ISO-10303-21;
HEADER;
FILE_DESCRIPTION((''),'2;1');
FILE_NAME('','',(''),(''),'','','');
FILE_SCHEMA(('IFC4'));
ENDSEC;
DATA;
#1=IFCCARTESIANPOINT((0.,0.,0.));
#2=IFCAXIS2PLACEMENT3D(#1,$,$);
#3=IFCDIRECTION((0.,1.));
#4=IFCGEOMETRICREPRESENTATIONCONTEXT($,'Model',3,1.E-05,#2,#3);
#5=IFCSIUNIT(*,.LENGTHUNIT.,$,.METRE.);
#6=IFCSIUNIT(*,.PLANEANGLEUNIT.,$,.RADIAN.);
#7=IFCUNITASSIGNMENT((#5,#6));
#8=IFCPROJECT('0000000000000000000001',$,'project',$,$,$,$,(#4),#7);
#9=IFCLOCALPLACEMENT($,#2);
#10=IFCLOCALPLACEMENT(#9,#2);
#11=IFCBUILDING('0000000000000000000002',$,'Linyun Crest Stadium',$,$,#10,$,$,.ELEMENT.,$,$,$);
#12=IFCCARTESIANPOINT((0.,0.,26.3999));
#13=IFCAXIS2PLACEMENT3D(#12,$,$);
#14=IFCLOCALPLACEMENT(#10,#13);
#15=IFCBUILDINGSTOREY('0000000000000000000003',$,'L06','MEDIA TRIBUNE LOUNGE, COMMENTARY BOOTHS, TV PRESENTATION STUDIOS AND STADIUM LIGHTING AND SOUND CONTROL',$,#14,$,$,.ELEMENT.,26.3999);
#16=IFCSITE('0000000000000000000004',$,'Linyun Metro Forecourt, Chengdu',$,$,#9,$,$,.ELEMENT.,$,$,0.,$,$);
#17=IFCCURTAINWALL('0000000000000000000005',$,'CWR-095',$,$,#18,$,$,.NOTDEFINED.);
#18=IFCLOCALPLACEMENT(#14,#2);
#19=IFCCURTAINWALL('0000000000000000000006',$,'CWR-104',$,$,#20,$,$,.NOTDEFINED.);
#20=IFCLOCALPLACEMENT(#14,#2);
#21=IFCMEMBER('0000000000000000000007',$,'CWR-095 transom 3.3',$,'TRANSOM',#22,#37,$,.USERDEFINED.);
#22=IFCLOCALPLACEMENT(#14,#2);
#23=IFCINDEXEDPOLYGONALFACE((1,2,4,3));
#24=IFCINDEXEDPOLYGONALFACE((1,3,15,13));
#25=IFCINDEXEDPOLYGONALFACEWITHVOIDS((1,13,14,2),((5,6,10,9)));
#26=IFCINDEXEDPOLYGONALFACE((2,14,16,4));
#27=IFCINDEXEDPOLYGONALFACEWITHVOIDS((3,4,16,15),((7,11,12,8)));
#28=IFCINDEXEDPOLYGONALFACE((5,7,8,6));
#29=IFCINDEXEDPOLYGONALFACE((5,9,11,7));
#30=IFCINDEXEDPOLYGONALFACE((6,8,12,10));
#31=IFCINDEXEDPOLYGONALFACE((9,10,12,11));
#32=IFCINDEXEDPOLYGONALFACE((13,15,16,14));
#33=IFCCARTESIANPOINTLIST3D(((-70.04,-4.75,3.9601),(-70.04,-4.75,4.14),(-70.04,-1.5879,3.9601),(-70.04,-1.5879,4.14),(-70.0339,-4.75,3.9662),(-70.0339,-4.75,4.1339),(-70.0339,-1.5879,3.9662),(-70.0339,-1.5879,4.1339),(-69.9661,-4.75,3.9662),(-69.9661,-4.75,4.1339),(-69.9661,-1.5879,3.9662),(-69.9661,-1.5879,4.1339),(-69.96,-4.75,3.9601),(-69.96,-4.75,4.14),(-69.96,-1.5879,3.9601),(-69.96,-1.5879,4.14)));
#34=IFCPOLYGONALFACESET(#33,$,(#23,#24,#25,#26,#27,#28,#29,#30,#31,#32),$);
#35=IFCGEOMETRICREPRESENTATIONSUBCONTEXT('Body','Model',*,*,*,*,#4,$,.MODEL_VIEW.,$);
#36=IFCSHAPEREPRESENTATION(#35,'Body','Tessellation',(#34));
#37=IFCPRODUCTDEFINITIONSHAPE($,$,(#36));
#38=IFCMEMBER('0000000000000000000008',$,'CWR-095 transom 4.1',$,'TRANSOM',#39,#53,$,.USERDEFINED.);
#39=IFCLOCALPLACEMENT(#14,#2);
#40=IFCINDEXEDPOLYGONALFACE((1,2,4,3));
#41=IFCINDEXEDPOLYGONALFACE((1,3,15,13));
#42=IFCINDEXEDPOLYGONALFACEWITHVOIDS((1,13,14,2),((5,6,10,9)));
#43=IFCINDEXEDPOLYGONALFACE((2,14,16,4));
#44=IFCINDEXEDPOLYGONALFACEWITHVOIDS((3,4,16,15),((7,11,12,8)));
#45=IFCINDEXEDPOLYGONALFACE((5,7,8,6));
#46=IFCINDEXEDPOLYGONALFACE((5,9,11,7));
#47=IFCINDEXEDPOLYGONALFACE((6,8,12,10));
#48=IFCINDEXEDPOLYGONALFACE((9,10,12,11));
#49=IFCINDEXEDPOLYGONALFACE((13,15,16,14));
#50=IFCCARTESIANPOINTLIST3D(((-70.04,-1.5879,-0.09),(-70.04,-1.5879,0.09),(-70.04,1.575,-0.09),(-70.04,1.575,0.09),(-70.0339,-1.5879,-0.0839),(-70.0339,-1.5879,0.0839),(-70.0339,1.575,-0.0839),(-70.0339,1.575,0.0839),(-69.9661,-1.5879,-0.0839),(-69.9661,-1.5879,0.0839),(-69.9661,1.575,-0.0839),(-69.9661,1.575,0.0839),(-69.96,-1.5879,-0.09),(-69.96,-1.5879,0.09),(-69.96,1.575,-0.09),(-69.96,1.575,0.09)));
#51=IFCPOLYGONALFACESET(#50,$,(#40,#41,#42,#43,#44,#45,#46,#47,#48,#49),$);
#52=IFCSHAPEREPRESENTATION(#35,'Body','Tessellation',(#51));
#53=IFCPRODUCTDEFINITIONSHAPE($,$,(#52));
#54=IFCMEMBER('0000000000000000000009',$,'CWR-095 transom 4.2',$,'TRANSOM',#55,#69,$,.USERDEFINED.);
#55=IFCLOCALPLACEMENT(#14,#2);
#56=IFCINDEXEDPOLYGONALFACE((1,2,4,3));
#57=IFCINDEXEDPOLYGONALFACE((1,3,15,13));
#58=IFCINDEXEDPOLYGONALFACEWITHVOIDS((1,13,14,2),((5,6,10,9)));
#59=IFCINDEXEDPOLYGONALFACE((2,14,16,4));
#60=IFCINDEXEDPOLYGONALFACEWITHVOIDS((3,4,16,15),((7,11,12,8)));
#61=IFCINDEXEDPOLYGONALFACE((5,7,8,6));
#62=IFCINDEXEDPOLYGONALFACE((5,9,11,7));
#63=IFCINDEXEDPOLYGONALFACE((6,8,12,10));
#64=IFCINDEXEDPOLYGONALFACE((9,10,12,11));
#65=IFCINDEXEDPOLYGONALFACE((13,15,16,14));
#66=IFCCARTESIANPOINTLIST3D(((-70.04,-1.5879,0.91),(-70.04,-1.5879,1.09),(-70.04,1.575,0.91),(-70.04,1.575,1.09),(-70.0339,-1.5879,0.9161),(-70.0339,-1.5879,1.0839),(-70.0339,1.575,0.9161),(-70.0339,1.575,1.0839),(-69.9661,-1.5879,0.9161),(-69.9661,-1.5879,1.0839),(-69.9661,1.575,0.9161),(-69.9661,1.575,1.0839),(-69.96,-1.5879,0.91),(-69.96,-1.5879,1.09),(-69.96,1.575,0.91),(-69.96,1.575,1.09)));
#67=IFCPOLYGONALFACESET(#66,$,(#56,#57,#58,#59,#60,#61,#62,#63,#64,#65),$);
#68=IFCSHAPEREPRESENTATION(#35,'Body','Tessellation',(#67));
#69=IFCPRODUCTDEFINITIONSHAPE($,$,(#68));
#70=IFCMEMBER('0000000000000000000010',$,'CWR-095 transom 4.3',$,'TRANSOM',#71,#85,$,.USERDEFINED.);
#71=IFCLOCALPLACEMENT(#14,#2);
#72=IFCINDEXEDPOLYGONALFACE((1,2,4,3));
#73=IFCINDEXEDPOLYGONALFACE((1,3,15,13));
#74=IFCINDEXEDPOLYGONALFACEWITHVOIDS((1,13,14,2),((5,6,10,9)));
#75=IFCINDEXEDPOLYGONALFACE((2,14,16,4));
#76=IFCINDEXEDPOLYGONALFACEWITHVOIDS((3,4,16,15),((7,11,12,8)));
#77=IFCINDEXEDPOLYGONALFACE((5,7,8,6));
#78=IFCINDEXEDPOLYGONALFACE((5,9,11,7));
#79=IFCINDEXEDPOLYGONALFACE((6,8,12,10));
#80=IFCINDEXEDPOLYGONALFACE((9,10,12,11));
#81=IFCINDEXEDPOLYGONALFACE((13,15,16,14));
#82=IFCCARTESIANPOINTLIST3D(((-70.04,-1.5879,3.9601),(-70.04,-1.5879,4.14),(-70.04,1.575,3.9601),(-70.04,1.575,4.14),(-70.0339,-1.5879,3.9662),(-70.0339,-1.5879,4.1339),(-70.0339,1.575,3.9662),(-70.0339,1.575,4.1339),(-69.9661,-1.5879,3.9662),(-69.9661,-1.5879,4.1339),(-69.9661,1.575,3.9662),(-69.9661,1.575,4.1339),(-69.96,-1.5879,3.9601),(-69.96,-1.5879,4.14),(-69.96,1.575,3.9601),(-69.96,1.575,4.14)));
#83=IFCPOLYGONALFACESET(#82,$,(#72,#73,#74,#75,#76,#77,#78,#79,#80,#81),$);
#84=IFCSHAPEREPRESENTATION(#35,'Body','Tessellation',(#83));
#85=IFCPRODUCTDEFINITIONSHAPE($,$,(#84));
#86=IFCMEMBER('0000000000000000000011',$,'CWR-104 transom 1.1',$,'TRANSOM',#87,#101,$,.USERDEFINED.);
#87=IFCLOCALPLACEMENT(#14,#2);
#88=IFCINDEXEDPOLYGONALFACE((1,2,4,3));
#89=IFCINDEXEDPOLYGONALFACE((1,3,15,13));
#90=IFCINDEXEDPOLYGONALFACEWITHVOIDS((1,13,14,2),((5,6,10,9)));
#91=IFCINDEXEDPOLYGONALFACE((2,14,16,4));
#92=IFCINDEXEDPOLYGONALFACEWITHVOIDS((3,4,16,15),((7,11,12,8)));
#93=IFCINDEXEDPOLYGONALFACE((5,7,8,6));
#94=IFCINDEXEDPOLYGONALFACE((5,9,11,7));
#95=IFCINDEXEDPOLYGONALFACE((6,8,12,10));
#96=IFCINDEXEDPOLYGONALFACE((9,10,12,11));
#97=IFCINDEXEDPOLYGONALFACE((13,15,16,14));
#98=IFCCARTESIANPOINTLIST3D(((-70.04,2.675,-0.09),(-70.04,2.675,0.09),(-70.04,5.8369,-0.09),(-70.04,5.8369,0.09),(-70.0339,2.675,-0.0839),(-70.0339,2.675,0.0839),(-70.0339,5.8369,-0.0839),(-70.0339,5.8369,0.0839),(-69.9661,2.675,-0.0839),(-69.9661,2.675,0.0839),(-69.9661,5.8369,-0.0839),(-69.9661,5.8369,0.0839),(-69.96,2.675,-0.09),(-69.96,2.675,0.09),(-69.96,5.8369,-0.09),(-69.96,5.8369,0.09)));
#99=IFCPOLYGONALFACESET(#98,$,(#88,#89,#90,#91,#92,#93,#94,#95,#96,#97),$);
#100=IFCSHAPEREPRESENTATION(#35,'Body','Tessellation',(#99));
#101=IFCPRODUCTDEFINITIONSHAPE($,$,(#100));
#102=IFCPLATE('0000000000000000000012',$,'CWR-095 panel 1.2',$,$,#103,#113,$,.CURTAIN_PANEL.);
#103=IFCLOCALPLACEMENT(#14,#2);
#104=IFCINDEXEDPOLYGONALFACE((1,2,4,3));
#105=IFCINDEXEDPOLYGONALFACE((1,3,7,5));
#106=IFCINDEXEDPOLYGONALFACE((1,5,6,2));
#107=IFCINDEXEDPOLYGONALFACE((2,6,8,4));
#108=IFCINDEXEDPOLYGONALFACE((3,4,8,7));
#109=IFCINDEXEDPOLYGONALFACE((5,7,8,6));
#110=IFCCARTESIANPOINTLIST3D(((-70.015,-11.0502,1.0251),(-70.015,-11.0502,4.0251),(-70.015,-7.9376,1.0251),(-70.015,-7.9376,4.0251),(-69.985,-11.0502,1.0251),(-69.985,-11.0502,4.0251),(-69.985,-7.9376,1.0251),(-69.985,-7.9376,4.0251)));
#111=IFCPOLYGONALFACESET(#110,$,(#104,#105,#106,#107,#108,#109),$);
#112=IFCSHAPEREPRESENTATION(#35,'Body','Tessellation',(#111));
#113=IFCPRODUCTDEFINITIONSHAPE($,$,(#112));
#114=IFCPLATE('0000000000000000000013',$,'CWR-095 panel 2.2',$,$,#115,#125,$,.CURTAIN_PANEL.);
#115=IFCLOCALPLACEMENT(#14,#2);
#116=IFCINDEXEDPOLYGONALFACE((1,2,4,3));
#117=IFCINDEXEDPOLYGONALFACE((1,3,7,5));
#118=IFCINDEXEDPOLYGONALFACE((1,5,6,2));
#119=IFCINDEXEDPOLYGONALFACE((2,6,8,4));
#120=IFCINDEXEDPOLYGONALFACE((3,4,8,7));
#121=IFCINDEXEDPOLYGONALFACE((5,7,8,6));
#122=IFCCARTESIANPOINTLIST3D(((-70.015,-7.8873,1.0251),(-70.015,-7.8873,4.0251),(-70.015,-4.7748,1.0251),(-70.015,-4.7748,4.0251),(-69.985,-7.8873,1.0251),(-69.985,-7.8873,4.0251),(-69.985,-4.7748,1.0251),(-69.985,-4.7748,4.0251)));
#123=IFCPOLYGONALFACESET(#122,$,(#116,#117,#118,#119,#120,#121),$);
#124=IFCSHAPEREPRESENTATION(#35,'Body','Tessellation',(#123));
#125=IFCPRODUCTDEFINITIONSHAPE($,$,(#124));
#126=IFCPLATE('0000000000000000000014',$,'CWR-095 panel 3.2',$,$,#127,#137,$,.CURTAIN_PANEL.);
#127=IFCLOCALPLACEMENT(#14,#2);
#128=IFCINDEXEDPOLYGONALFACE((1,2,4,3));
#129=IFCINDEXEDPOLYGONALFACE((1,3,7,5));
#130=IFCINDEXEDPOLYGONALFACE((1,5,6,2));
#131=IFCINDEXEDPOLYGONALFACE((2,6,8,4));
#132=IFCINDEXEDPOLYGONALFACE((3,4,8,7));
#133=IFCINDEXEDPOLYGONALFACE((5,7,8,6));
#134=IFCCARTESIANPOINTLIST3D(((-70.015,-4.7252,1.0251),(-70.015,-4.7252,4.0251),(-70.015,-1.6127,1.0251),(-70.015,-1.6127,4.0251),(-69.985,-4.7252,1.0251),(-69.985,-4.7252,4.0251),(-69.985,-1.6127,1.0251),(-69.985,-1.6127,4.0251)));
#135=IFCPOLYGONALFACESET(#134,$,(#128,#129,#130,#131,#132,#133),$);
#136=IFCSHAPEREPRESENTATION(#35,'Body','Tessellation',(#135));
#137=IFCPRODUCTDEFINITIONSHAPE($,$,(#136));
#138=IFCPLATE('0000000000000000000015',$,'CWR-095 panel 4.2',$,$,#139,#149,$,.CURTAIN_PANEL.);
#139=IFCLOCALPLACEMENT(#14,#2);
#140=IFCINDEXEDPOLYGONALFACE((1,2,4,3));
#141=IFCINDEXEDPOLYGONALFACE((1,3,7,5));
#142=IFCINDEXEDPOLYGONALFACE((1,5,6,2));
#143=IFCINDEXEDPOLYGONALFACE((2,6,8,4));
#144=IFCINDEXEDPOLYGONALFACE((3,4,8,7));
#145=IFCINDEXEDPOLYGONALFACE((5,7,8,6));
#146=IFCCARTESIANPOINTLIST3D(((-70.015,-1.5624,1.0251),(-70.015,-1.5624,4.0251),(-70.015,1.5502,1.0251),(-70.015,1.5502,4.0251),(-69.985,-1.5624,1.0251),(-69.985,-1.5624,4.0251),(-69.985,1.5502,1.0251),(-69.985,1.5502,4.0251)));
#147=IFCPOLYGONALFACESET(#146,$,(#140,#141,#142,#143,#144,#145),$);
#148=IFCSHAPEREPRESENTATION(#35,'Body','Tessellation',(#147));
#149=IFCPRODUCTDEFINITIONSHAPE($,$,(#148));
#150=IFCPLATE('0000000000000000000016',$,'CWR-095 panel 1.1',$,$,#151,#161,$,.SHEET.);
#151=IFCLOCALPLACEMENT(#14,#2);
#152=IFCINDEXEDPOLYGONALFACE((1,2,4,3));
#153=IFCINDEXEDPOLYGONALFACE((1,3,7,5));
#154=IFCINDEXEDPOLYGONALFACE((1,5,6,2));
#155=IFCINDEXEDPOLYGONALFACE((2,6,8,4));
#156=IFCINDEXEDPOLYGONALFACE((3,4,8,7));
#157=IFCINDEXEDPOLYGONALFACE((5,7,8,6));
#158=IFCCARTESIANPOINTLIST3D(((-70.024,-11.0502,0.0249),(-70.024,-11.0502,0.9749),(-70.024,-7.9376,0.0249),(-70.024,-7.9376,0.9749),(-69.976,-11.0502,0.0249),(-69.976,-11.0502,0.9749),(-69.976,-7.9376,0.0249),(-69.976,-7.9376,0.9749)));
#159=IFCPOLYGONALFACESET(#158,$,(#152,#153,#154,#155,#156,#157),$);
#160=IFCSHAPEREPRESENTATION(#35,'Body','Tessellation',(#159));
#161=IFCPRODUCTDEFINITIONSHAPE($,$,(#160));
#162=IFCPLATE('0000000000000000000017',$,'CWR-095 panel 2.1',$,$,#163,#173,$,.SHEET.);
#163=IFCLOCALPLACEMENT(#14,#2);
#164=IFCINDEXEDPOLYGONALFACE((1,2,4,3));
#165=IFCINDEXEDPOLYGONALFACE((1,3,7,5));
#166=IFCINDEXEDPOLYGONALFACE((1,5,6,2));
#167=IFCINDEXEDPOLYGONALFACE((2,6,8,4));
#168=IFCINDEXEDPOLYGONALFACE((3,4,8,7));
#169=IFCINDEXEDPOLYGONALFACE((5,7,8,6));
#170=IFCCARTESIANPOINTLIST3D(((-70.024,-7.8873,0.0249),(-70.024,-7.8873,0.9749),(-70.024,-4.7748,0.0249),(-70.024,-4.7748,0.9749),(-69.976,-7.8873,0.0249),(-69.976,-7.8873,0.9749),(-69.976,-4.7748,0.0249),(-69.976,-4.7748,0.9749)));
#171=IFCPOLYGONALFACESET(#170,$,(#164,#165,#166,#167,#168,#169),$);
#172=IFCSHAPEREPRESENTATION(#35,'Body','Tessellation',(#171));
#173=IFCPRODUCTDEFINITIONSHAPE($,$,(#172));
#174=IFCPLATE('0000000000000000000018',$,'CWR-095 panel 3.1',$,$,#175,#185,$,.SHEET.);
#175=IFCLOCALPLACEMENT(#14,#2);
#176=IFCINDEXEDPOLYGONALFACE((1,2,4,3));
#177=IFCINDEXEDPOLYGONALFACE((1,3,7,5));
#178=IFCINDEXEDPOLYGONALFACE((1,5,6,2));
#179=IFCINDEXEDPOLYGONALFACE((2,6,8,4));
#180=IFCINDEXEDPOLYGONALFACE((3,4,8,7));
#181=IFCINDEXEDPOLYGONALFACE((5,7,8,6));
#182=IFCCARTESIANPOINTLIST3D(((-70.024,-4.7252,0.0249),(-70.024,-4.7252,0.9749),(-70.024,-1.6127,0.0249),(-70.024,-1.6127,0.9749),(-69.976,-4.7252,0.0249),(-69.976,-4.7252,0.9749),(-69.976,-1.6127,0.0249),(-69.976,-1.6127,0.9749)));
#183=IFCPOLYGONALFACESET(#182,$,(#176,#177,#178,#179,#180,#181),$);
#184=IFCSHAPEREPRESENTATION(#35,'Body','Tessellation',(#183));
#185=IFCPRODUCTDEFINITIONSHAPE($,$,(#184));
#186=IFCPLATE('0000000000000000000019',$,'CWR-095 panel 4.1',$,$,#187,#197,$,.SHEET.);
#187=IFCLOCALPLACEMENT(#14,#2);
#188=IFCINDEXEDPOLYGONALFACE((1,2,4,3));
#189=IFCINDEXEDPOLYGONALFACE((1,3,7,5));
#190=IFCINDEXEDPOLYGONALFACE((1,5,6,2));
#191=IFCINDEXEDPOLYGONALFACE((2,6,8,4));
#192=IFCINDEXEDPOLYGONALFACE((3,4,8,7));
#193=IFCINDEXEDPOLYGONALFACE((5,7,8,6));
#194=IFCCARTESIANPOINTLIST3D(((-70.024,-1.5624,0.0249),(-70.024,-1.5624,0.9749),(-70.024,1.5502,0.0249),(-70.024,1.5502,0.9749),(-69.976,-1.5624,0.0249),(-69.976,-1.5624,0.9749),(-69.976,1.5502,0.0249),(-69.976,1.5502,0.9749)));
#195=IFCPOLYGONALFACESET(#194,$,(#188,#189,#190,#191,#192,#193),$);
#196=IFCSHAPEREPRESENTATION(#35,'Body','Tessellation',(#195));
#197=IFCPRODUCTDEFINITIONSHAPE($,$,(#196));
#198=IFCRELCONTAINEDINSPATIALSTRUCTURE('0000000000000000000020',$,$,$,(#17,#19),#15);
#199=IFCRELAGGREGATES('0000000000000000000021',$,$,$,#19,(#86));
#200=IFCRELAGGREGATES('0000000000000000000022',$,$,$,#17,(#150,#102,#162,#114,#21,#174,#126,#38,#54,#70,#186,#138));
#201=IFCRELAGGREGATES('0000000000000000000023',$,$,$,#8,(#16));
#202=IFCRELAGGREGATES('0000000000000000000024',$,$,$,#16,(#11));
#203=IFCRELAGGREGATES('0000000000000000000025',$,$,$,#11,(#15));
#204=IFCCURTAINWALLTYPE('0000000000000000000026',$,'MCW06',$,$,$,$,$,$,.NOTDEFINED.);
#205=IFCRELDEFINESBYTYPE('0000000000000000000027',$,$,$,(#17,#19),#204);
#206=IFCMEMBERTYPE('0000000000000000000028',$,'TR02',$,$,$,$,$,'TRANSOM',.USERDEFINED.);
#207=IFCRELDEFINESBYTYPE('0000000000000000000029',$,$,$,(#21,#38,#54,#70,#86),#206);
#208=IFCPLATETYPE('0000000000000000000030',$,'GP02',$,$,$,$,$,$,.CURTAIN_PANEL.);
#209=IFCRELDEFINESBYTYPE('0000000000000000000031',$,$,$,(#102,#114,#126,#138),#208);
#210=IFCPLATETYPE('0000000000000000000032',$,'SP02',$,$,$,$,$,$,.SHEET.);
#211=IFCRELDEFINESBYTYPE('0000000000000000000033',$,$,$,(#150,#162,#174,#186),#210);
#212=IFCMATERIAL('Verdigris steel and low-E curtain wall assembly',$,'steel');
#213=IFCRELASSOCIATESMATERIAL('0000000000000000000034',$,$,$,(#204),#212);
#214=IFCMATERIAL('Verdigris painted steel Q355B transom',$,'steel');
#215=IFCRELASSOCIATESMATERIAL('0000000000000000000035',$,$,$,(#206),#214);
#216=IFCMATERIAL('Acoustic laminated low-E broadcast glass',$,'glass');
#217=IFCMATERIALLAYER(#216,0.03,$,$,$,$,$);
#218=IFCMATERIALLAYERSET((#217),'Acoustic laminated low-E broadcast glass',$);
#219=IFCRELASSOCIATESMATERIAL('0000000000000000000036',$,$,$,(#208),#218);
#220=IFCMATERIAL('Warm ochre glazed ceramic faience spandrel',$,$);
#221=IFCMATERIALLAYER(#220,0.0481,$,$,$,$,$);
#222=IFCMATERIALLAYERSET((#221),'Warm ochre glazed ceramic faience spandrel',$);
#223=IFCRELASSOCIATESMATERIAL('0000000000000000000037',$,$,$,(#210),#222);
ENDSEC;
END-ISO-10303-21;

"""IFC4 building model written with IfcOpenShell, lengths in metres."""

from ifc_helpers import new_model, si_unit, direction, frame, origin, origin_2d, place, context, subcontext, project, spatial, rectangle, hollow_rectangle, extrude, material, layer, layer_set, material_profile, profile_set, type_object, element, aggregate, save


model = new_model("IFC4")

# Units and contexts
model_context = context("Model", 3, precision=1e-05, world=origin(), true_north=direction((0.0, 1.0)))
body_context = subcontext(model_context, "Body", "Model", "MODEL_VIEW")
ifc_project = project(units=[si_unit("LENGTHUNIT", "METRE"), si_unit("PLANEANGLEUNIT", "RADIAN")], contexts=[model_context])

# Site, building, storey
site_placement = place(None, origin())
site = spatial("IfcSite", under=ifc_project, at=site_placement, Name="Linyun Metro Forecourt, Chengdu", CompositionType="ELEMENT", RefElevation=0.0)
building_placement = place(site_placement, origin())
building = spatial("IfcBuilding", under=site, at=building_placement, Name="Linyun Crest Stadium", CompositionType="ELEMENT")
storey_placement = place(building_placement, frame((0.0, 0.0, 26.3999)))
storey = spatial("IfcBuildingStorey", under=building, at=storey_placement, Name="L06", Description="MEDIA TRIBUNE LOUNGE, COMMENTARY BOOTHS, TV PRESENTATION STUDIOS AND STADIUM LIGHTING AND SOUND CONTROL", CompositionType="ELEMENT", Elevation=26.3999)

# Curtain wall
ifc_material_1 = material(Name="Verdigris steel and low-E curtain wall assembly", Category="steel")
curtain_wall_type = type_object("IfcCurtainWallType", Name="MCW06", PredefinedType="NOTDEFINED", material=ifc_material_1)
curtain_wall_1_placement = place(storey_placement, origin())
curtain_wall_1 = element("IfcCurtainWall", 1, at=curtain_wall_1_placement, inside=storey, type_object=curtain_wall_type, Name="CWR-095", PredefinedType="NOTDEFINED")

# Curtain wall
curtain_wall_2_placement = place(storey_placement, origin())
curtain_wall_2 = element("IfcCurtainWall", 2, at=curtain_wall_2_placement, inside=storey, type_object=curtain_wall_type, Name="CWR-104", PredefinedType="NOTDEFINED")

# Members
ifc_material_2 = material(Name="Verdigris painted steel Q355B transom", Category="steel")
ifc_material_profile_1 = material_profile(ifc_material_2, hollow_rectangle(XDim=0.0801, YDim=0.1799, WallThickness=0.0061, at=origin_2d()), Name="RHS 180x80x6")
ifc_profile_set_1 = profile_set([ifc_material_profile_1], Name="Verdigris painted steel Q355B transom")
member_type_1 = type_object("IfcMemberType", Name="TR02", ElementType="TRANSOM", PredefinedType="USERDEFINED", material=ifc_profile_set_1)
member_1_placement = place(storey_placement, frame((-70.0, -4.75, 4.05), z_axis=(0.0, 1.0, 0.0), x_axis=(-1.0, 0.0, 0.0)))
member_1 = element("IfcMember", 3, at=member_1_placement, type_object=member_type_1, Name="CWR-095 transom 3.3", ObjectType="TRANSOM", PredefinedType="USERDEFINED", context=body_context, shape_type="SweptSolid", body=[
    extrude(hollow_rectangle(XDim=0.0801, YDim=0.1799, WallThickness=0.0061, at=origin_2d()), origin(), (0.0, 0.0, 1.0), 3.1621),
])
member_2_placement = place(storey_placement, frame((-70.0, -1.5879, 0.0), z_axis=(0.0, 1.0, 0.0), x_axis=(-1.0, 0.0, 0.0)))
member_2 = element("IfcMember", 4, at=member_2_placement, type_object=member_type_1, Name="CWR-095 transom 4.1", ObjectType="TRANSOM", PredefinedType="USERDEFINED", context=body_context, shape_type="SweptSolid", body=[
    extrude(hollow_rectangle(XDim=0.0801, YDim=0.1799, WallThickness=0.0061, at=origin_2d()), origin(), (0.0, 0.0, 1.0), 3.1628),
])
member_3_placement = place(storey_placement, frame((-70.0, -1.5879, 1.0), z_axis=(0.0, 1.0, 0.0), x_axis=(-1.0, 0.0, 0.0)))
member_3 = element("IfcMember", 5, at=member_3_placement, type_object=member_type_1, Name="CWR-095 transom 4.2", ObjectType="TRANSOM", PredefinedType="USERDEFINED", context=body_context, shape_type="SweptSolid", body=[
    extrude(hollow_rectangle(XDim=0.0801, YDim=0.1799, WallThickness=0.0061, at=origin_2d()), origin(), (0.0, 0.0, 1.0), 3.1628),
])
member_4_placement = place(storey_placement, frame((-70.0, -1.5879, 4.05), z_axis=(0.0, 1.0, 0.0), x_axis=(-1.0, 0.0, 0.0)))
member_4 = element("IfcMember", 6, at=member_4_placement, type_object=member_type_1, Name="CWR-095 transom 4.3", ObjectType="TRANSOM", PredefinedType="USERDEFINED", context=body_context, shape_type="SweptSolid", body=[
    extrude(hollow_rectangle(XDim=0.0801, YDim=0.1799, WallThickness=0.0061, at=origin_2d()), origin(), (0.0, 0.0, 1.0), 3.1628),
])
member_5_placement = place(storey_placement, frame((-70.0, 2.675, 0.0), z_axis=(0.0, 1.0, 0.0), x_axis=(-1.0, 0.0, 0.0)))
member_5 = element("IfcMember", 7, at=member_5_placement, type_object=member_type_1, Name="CWR-104 transom 1.1", ObjectType="TRANSOM", PredefinedType="USERDEFINED", context=body_context, shape_type="SweptSolid", body=[
    extrude(hollow_rectangle(XDim=0.0801, YDim=0.1799, WallThickness=0.0061, at=origin_2d()), origin(), (0.0, 0.0, 1.0), 3.1619),
])
aggregate(curtain_wall_2, [member_5])

# Plates
ifc_material_3 = material(Name="Acoustic laminated low-E broadcast glass", Category="glass")
ifc_layer_1 = layer(ifc_material_3, 0.03)
ifc_layer_set_1 = layer_set([ifc_layer_1], Name="Acoustic laminated low-E broadcast glass")
plate_type_1 = type_object("IfcPlateType", Name="GP02", PredefinedType="CURTAIN_PANEL", material=ifc_layer_set_1)
plate_1_placement = place(storey_placement, frame((-70.0, -9.4939, 1.0251), z_axis=(0.0, 0.0, 1.0), x_axis=(0.0, 1.0, 0.0)))
plate_1 = element("IfcPlate", 8, at=plate_1_placement, type_object=plate_type_1, Name="CWR-095 panel 1.2", PredefinedType="CURTAIN_PANEL", context=body_context, shape_type="SweptSolid", body=[
    extrude(rectangle(XDim=3.1125, YDim=0.03, at=origin_2d()), origin(), (0.0, 0.0, 1.0), 3.0),
])
plate_2_placement = place(storey_placement, frame((-70.0, -6.3311, 1.0251), z_axis=(0.0, 0.0, 1.0), x_axis=(0.0, 1.0, 0.0)))
plate_2 = element("IfcPlate", 9, at=plate_2_placement, type_object=plate_type_1, Name="CWR-095 panel 2.2", PredefinedType="CURTAIN_PANEL", context=body_context, shape_type="SweptSolid", body=[
    extrude(rectangle(XDim=3.1125, YDim=0.03, at=origin_2d()), origin(), (0.0, 0.0, 1.0), 3.0),
])
plate_3_placement = place(storey_placement, frame((-70.0, -3.1689, 1.0251), z_axis=(0.0, 0.0, 1.0), x_axis=(0.0, 1.0, 0.0)))
plate_3 = element("IfcPlate", 10, at=plate_3_placement, type_object=plate_type_1, Name="CWR-095 panel 3.2", PredefinedType="CURTAIN_PANEL", context=body_context, shape_type="SweptSolid", body=[
    extrude(rectangle(XDim=3.1125, YDim=0.03, at=origin_2d()), origin(), (0.0, 0.0, 1.0), 3.0),
])
plate_4_placement = place(storey_placement, frame((-70.0, -0.0061, 1.0251), z_axis=(0.0, 0.0, 1.0), x_axis=(0.0, 1.0, 0.0)))
plate_4 = element("IfcPlate", 11, at=plate_4_placement, type_object=plate_type_1, Name="CWR-095 panel 4.2", PredefinedType="CURTAIN_PANEL", context=body_context, shape_type="SweptSolid", body=[
    extrude(rectangle(XDim=3.1125, YDim=0.03, at=origin_2d()), origin(), (0.0, 0.0, 1.0), 3.0),
])
ifc_material_4 = material(Name="Warm ochre glazed ceramic faience spandrel")
ifc_layer_2 = layer(ifc_material_4, 0.0481)
ifc_layer_set_2 = layer_set([ifc_layer_2], Name="Warm ochre glazed ceramic faience spandrel")
plate_type_2 = type_object("IfcPlateType", Name="SP02", PredefinedType="SHEET", material=ifc_layer_set_2)
plate_5_placement = place(storey_placement, frame((-70.0, -9.4939, 0.0249), z_axis=(0.0, 0.0, 1.0), x_axis=(0.0, 1.0, 0.0)))
plate_5 = element("IfcPlate", 12, at=plate_5_placement, type_object=plate_type_2, Name="CWR-095 panel 1.1", PredefinedType="SHEET", context=body_context, shape_type="SweptSolid", body=[
    extrude(rectangle(XDim=3.1125, YDim=0.0481, at=origin_2d()), origin(), (0.0, 0.0, 1.0), 0.95),
])
plate_6_placement = place(storey_placement, frame((-70.0, -6.3311, 0.0249), z_axis=(0.0, 0.0, 1.0), x_axis=(0.0, 1.0, 0.0)))
plate_6 = element("IfcPlate", 13, at=plate_6_placement, type_object=plate_type_2, Name="CWR-095 panel 2.1", PredefinedType="SHEET", context=body_context, shape_type="SweptSolid", body=[
    extrude(rectangle(XDim=3.1125, YDim=0.0481, at=origin_2d()), origin(), (0.0, 0.0, 1.0), 0.95),
])
plate_7_placement = place(storey_placement, frame((-70.0, -3.1689, 0.0249), z_axis=(0.0, 0.0, 1.0), x_axis=(0.0, 1.0, 0.0)))
plate_7 = element("IfcPlate", 14, at=plate_7_placement, type_object=plate_type_2, Name="CWR-095 panel 3.1", PredefinedType="SHEET", context=body_context, shape_type="SweptSolid", body=[
    extrude(rectangle(XDim=3.1125, YDim=0.0481, at=origin_2d()), origin(), (0.0, 0.0, 1.0), 0.95),
])
plate_8_placement = place(storey_placement, frame((-70.0, -0.0061, 0.0249), z_axis=(0.0, 0.0, 1.0), x_axis=(0.0, 1.0, 0.0)))
plate_8 = element("IfcPlate", 15, at=plate_8_placement, type_object=plate_type_2, Name="CWR-095 panel 4.1", PredefinedType="SHEET", context=body_context, shape_type="SweptSolid", body=[
    extrude(rectangle(XDim=3.1125, YDim=0.0481, at=origin_2d()), origin(), (0.0, 0.0, 1.0), 0.95),
])
aggregate(curtain_wall_1, [plate_5, plate_1, plate_6, plate_2, member_1, plate_7, plate_3, member_2, member_3, member_4, plate_8, plate_4])

save(model, "model.ifc")
